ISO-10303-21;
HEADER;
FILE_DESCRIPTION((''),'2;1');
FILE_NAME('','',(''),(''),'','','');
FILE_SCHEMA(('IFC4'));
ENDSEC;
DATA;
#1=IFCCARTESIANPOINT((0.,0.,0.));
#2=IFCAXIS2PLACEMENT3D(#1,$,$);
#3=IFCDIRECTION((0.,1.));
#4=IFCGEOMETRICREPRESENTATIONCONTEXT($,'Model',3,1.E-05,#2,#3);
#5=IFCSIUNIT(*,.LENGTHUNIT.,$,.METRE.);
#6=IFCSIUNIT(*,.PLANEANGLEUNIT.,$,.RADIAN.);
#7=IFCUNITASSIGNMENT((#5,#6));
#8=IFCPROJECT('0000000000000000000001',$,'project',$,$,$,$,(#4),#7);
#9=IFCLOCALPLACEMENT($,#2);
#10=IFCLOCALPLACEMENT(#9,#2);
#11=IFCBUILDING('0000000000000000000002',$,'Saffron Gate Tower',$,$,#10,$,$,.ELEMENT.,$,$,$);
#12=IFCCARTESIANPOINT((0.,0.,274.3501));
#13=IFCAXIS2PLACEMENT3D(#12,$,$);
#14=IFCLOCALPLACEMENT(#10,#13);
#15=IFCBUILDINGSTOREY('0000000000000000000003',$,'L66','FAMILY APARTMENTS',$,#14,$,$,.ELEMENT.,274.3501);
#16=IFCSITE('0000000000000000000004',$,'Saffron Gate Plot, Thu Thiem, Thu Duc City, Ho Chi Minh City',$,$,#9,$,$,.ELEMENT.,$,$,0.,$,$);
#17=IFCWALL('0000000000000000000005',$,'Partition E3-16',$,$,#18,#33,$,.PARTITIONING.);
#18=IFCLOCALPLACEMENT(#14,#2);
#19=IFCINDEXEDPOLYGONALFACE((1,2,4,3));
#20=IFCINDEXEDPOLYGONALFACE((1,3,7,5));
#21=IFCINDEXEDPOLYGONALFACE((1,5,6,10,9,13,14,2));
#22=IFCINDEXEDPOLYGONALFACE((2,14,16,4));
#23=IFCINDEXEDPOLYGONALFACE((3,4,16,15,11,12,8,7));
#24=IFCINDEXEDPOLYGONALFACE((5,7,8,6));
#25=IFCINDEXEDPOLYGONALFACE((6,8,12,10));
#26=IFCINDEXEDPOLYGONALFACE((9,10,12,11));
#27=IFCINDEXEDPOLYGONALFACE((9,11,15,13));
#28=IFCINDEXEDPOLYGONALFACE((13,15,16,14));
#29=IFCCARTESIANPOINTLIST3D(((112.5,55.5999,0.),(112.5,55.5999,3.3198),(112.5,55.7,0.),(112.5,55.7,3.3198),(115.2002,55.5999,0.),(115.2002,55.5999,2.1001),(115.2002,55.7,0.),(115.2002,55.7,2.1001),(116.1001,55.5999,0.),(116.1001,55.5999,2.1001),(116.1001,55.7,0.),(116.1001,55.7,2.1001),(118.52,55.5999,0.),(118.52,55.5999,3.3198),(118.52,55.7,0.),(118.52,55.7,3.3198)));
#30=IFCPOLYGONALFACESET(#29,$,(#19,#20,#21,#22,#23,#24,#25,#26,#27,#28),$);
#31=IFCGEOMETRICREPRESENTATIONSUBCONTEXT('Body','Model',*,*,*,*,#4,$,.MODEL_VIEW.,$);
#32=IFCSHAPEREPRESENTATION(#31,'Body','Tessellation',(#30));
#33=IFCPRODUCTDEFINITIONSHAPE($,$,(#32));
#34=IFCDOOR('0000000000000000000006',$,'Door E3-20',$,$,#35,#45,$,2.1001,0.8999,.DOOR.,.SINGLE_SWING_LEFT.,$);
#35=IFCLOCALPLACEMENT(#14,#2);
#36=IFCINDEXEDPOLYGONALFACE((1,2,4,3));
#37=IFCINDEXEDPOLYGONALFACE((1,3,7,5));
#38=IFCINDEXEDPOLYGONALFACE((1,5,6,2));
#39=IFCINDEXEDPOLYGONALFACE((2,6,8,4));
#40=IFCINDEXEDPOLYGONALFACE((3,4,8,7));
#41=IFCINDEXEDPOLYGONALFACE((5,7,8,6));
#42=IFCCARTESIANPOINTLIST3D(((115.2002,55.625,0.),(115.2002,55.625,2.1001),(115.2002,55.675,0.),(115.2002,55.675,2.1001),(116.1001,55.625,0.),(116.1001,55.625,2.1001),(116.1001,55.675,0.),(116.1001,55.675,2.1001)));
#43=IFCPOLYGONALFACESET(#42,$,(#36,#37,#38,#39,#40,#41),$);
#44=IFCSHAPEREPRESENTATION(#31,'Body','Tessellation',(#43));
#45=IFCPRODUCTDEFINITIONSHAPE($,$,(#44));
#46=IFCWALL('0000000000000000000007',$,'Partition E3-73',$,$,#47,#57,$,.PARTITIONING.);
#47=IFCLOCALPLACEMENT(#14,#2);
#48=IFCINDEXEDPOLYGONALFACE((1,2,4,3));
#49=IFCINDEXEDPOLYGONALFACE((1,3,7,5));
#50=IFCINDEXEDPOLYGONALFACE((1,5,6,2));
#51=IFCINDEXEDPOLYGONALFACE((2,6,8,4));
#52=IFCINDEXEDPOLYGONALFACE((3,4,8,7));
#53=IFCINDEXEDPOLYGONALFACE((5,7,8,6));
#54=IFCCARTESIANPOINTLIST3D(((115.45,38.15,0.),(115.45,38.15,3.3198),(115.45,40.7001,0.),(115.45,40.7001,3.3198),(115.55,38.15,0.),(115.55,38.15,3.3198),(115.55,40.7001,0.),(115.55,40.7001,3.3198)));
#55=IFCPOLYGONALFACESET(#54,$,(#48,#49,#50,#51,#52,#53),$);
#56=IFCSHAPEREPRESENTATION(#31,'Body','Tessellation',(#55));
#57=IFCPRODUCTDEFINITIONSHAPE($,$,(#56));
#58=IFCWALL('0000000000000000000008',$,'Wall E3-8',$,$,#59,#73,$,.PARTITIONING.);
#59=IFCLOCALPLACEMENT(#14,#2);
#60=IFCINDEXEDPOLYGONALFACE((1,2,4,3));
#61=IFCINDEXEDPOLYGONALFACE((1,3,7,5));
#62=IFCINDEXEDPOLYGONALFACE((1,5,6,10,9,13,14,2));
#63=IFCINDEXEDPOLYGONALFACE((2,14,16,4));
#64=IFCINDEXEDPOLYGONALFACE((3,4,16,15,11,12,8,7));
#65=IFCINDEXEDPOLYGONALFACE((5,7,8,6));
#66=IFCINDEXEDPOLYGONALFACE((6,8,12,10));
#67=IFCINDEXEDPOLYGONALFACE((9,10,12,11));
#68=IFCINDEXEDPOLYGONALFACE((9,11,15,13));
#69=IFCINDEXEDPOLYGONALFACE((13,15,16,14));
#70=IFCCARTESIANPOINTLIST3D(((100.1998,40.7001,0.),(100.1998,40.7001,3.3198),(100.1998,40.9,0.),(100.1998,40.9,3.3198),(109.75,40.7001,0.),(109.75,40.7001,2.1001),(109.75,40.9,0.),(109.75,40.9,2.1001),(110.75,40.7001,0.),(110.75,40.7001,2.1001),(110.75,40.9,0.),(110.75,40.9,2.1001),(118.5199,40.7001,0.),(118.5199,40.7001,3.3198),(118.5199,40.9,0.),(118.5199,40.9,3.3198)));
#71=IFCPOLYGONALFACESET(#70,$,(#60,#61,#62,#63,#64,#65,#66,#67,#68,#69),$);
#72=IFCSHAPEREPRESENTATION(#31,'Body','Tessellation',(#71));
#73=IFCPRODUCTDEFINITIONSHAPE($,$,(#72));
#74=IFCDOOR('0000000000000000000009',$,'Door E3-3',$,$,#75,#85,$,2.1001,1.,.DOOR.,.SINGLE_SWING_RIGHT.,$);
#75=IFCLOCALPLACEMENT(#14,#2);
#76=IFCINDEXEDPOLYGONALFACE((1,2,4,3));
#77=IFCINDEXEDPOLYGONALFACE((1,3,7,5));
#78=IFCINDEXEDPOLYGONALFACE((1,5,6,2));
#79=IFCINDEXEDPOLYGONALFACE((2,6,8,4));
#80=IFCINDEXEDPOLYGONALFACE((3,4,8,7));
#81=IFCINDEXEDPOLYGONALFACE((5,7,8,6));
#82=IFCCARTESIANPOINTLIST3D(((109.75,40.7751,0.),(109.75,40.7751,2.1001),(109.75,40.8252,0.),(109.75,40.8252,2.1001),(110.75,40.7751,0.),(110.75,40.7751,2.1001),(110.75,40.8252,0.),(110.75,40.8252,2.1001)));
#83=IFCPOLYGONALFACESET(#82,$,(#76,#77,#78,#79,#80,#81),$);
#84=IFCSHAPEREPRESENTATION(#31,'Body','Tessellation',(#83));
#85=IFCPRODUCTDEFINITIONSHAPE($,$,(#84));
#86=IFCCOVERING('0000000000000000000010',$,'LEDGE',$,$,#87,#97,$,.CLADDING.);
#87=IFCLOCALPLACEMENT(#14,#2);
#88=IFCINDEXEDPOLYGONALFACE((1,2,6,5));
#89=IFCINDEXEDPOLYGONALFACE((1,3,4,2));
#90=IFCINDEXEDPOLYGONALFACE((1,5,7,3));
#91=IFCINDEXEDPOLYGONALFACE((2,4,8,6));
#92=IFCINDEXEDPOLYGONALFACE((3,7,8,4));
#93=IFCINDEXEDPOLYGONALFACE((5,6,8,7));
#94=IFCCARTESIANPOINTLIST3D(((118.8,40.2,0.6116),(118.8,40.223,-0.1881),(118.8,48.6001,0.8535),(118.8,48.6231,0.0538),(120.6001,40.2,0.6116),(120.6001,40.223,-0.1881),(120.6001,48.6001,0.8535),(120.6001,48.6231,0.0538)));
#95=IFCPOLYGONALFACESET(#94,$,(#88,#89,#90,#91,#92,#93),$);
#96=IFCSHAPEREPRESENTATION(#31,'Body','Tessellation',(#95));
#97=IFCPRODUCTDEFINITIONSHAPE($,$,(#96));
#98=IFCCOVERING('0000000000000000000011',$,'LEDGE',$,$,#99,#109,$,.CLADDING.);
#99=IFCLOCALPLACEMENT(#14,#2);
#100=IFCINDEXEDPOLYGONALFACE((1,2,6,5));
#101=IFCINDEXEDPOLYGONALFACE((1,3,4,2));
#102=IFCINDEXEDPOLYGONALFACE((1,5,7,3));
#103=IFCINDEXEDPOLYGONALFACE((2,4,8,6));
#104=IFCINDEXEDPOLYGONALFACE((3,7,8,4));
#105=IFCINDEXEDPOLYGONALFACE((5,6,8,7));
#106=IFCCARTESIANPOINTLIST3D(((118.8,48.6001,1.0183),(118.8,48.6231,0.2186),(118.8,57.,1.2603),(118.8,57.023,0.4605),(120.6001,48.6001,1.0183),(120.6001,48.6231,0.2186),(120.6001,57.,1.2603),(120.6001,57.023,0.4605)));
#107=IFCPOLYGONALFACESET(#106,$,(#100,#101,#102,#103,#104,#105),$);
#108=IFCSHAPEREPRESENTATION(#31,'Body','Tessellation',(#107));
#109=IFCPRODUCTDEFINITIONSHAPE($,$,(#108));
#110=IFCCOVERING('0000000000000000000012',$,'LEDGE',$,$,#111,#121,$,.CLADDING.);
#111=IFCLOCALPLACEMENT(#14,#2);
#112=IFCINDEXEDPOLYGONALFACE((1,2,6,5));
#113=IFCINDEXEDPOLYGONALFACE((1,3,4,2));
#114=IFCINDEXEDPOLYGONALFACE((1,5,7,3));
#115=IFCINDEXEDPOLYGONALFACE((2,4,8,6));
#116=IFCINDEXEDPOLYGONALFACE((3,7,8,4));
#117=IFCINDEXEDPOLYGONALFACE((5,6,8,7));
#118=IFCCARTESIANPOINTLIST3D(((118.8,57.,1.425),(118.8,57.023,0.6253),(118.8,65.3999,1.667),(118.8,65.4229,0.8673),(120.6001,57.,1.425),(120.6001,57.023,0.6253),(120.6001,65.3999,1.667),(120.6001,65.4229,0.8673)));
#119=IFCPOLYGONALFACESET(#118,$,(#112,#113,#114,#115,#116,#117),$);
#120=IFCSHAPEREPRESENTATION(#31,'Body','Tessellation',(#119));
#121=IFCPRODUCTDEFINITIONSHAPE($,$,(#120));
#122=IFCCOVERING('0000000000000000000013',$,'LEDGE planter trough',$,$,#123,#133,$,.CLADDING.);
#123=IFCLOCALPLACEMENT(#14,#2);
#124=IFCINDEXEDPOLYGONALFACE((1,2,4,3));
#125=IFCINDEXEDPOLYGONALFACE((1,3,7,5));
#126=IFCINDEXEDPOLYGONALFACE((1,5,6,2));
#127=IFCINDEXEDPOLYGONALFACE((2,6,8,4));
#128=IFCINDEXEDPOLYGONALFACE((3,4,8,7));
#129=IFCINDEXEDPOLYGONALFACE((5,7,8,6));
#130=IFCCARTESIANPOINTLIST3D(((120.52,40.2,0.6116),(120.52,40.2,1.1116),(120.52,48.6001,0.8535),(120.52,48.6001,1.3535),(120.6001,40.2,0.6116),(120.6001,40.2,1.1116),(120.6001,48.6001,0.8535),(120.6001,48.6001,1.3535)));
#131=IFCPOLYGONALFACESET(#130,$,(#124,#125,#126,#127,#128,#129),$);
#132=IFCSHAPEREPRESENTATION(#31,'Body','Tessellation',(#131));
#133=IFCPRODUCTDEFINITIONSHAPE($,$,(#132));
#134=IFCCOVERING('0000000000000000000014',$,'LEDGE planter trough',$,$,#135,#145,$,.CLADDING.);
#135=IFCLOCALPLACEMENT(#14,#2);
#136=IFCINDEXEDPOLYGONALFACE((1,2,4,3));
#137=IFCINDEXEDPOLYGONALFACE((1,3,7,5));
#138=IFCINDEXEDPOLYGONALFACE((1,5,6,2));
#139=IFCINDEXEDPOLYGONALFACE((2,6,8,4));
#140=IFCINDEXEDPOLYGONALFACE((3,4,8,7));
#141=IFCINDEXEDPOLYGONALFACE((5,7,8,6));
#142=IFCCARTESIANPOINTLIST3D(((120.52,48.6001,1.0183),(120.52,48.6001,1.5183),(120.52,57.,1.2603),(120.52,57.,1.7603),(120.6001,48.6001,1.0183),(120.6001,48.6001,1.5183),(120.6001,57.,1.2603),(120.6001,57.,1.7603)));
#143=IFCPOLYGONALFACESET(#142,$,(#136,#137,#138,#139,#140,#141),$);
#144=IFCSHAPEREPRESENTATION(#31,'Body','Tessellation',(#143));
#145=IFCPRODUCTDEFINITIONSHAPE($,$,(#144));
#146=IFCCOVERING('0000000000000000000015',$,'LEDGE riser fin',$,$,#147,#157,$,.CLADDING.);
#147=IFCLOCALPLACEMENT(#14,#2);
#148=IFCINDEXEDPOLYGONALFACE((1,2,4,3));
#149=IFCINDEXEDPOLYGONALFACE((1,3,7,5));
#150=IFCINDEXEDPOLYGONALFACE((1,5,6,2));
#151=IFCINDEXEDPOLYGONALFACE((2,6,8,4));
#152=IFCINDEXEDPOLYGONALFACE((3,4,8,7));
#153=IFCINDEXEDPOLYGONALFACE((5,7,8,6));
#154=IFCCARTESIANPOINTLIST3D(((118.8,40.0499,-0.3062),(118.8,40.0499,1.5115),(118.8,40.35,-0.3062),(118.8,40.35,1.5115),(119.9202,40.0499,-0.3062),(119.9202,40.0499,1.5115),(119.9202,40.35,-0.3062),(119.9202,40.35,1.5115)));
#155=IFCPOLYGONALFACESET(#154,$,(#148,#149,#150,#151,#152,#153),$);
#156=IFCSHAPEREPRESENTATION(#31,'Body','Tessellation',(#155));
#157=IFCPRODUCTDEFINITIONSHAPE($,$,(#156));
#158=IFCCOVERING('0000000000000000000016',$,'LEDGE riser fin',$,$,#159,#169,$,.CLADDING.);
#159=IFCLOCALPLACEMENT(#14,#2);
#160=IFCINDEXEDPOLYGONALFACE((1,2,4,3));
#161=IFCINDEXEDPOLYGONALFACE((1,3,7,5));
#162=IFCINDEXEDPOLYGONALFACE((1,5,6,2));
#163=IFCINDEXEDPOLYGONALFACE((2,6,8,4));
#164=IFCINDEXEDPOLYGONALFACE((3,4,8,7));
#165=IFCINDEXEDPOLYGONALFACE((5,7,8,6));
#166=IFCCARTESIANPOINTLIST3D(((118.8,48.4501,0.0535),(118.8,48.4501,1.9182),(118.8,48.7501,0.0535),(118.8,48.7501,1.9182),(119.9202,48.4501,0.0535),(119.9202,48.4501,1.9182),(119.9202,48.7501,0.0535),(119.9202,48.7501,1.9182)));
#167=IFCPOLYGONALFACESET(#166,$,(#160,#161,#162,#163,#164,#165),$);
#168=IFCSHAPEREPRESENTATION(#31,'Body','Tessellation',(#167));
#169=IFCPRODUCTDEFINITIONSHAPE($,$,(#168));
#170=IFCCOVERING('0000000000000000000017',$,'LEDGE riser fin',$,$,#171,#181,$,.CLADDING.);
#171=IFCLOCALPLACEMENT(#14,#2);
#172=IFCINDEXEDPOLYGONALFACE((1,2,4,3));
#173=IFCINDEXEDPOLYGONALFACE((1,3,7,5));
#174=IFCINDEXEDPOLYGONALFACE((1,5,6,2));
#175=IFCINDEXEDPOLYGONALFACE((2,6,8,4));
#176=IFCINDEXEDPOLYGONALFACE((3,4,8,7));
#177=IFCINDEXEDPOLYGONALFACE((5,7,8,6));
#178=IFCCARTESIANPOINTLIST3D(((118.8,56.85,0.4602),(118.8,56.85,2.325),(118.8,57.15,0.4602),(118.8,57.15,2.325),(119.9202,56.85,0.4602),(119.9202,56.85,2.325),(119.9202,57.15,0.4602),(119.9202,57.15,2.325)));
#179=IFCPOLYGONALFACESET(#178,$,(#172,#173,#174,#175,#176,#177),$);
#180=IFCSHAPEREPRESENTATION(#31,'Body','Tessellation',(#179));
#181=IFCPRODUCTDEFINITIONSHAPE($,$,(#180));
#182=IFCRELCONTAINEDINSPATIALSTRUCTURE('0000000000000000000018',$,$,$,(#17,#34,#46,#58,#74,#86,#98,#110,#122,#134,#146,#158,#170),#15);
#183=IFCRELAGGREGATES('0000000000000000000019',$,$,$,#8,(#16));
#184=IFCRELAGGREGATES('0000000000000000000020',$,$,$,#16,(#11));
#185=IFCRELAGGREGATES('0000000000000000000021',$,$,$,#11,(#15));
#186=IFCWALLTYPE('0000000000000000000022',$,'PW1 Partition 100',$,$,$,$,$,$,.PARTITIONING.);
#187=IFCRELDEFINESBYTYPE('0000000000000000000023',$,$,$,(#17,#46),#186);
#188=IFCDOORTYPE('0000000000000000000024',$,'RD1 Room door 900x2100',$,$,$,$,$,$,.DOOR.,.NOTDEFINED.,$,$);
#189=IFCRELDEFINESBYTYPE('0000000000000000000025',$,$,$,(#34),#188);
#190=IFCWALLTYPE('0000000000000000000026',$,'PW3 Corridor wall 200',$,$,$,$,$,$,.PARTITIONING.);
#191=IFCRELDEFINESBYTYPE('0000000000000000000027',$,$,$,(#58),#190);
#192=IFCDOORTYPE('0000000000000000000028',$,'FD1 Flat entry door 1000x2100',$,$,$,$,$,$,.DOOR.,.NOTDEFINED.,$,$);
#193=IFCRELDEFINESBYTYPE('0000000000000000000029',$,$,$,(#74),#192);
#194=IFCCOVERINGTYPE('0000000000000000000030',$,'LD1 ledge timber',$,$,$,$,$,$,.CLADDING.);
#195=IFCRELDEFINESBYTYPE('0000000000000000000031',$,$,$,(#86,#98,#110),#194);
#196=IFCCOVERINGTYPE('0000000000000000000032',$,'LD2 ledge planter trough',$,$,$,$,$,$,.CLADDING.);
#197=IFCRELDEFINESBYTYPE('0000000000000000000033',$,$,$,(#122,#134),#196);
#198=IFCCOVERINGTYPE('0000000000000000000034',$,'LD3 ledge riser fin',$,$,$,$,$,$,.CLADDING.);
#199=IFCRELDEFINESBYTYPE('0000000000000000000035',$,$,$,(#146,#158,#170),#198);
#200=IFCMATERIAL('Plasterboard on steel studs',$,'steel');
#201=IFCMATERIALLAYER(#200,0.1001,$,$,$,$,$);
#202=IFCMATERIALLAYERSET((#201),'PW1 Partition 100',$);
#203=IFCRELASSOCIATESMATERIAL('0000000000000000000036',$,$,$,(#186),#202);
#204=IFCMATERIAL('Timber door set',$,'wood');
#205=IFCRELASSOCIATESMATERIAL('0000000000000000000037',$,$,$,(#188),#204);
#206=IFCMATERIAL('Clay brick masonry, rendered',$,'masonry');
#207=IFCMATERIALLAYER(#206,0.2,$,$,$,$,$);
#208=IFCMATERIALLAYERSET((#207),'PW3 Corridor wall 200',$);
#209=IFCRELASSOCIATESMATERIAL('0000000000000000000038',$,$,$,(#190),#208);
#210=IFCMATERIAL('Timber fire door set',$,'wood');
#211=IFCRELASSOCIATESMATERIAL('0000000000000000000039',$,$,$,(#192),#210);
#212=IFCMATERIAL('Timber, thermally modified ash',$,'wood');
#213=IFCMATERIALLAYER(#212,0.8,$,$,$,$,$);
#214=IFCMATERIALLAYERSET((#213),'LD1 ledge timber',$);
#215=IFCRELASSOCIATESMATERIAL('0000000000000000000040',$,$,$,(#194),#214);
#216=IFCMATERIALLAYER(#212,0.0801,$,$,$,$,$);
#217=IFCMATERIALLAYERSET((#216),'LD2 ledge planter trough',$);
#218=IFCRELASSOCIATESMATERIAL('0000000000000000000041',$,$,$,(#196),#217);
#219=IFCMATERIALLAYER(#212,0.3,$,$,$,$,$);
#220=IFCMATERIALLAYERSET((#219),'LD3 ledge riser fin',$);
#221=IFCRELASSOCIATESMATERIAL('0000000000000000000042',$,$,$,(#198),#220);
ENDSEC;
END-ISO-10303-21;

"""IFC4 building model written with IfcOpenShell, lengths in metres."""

from ifc_helpers import new_model, si_unit, direction, frame, frame_2d, origin, origin_2d, place, context, subcontext, project, spatial, polyline, rectangle, outline, extrude, material, layer, layer_set, type_object, element, fill, save


model = new_model("IFC4")

# Units and contexts
model_context = context("Model", 3, precision=1e-05, world=origin(), true_north=direction((0.0, 1.0)))
body_context = subcontext(model_context, "Body", "Model", "MODEL_VIEW")
ifc_project = project(units=[si_unit("LENGTHUNIT", "METRE"), si_unit("PLANEANGLEUNIT", "RADIAN")], contexts=[model_context])

# Site, building, storey
site_placement = place(None, origin())
site = spatial("IfcSite", under=ifc_project, at=site_placement, Name="Saffron Gate Plot, Thu Thiem, Thu Duc City, Ho Chi Minh City", CompositionType="ELEMENT", RefElevation=0.0)
building_placement = place(site_placement, origin())
building = spatial("IfcBuilding", under=site, at=building_placement, Name="Saffron Gate Tower", CompositionType="ELEMENT")
storey_placement = place(building_placement, frame((0.0, 0.0, 274.3501)))
storey = spatial("IfcBuildingStorey", under=building, at=storey_placement, Name="L66", Description="FAMILY APARTMENTS", CompositionType="ELEMENT", Elevation=274.3501)

# Wall, opening, door
ifc_material_1 = material(Name="Plasterboard on steel studs", Category="steel")
ifc_layer_1 = layer(ifc_material_1, 0.1001)
ifc_layer_set_1 = layer_set([ifc_layer_1], Name="PW1 Partition 100")
wall_type_1 = type_object("IfcWallType", Name="PW1 Partition 100", PredefinedType="PARTITIONING", material=ifc_layer_set_1)
wall_1_placement = place(storey_placement, frame((118.52, 55.6499, 0.0), z_axis=(0.0, 0.0, 1.0), x_axis=(-1.0, 0.0, 0.0)))
wall_1 = element("IfcWall", 1, at=wall_1_placement, inside=storey, type_object=wall_type_1, Name="Partition E3-16", PredefinedType="PARTITIONING", context=body_context, shape_type="SweptSolid", body=[
    extrude(rectangle(XDim=6.02, YDim=0.1001, at=frame_2d((3.01, 0.0))), origin(), (0.0, 0.0, 1.0), 3.3198),
])
opening_1_placement = place(wall_1_placement, frame((2.4199, 0.0, 0.0)))
opening_1 = element("IfcOpeningElement", 2, at=opening_1_placement, cuts=wall_1, PredefinedType="OPENING", context=body_context, shape_type="SweptSolid", body=[
    extrude(rectangle(XDim=0.8999, YDim=2.1001, at=frame_2d((0.45, 1.05))), frame((0.0, 0.0601, 0.0), z_axis=(0.0, -1.0, 0.0), x_axis=(1.0, 0.0, 0.0)), (0.0, 0.0, 1.0), 0.1201),
])
ifc_material_2 = material(Name="Timber door set", Category="wood")
door_type_1 = type_object("IfcDoorType", Name="RD1 Room door 900x2100", OperationType="NOTDEFINED", PredefinedType="DOOR", material=ifc_material_2)
door_1_placement = place(opening_1_placement, origin())
door_1 = element("IfcDoor", 3, at=door_1_placement, inside=storey, type_object=door_type_1, Name="Door E3-20", OperationType="SINGLE_SWING_LEFT", OverallHeight=2.1001, OverallWidth=0.8999, PredefinedType="DOOR", context=body_context, shape_type="SweptSolid", body=[
    extrude(rectangle(XDim=0.8999, YDim=2.1001, at=frame_2d((0.45, 1.05))), frame((0.0, 0.0249, 0.0), z_axis=(0.0, -1.0, 0.0), x_axis=(1.0, 0.0, 0.0)), (0.0, 0.0, 1.0), 0.05),
])
fill(opening_1, door_1)

# Wall
wall_2_placement = place(storey_placement, frame((115.5, 40.7, 0.0), z_axis=(0.0, 0.0, 1.0), x_axis=(0.0, -1.0, 0.0)))
element("IfcWall", 4, at=wall_2_placement, inside=storey, type_object=wall_type_1, Name="Partition E3-73", PredefinedType="PARTITIONING", context=body_context, shape_type="SweptSolid", body=[
    extrude(rectangle(XDim=2.55, YDim=0.1001, at=frame_2d((1.2749, 0.0))), origin(), (0.0, 0.0, 1.0), 3.3198),
])

# Wall, opening, door
ifc_material_3 = material(Name="Clay brick masonry, rendered", Category="masonry")
ifc_layer_2 = layer(ifc_material_3, 0.2)
ifc_layer_set_2 = layer_set([ifc_layer_2], Name="PW3 Corridor wall 200")
wall_type_2 = type_object("IfcWallType", Name="PW3 Corridor wall 200", PredefinedType="PARTITIONING", material=ifc_layer_set_2)
wall_3_placement = place(storey_placement, frame((118.52, 40.8, 0.0), z_axis=(0.0, 0.0, 1.0), x_axis=(-1.0, 0.0, 0.0)))
wall_3 = element("IfcWall", 5, at=wall_3_placement, inside=storey, type_object=wall_type_2, Name="Wall E3-8", PredefinedType="PARTITIONING", context=body_context, shape_type="SweptSolid", body=[
    extrude(rectangle(XDim=18.3201, YDim=0.2, at=frame_2d((9.1602, 0.0))), origin(), (0.0, 0.0, 1.0), 3.3198),
])
opening_2_placement = place(wall_3_placement, frame((7.77, 0.0, 0.0)))
opening_2 = element("IfcOpeningElement", 6, at=opening_2_placement, cuts=wall_3, PredefinedType="OPENING", context=body_context, shape_type="SweptSolid", body=[
    extrude(rectangle(XDim=1.0, YDim=2.1001, at=frame_2d((0.5, 1.05))), frame((0.0, 0.1099, 0.0), z_axis=(0.0, -1.0, 0.0), x_axis=(1.0, 0.0, 0.0)), (0.0, 0.0, 1.0), 0.22),
])
ifc_material_4 = material(Name="Timber fire door set", Category="wood")
door_type_2 = type_object("IfcDoorType", Name="FD1 Flat entry door 1000x2100", OperationType="NOTDEFINED", PredefinedType="DOOR", material=ifc_material_4)
door_2_placement = place(opening_2_placement, origin())
door_2 = element("IfcDoor", 7, at=door_2_placement, inside=storey, type_object=door_type_2, Name="Door E3-3", OperationType="SINGLE_SWING_RIGHT", OverallHeight=2.1001, OverallWidth=1.0, PredefinedType="DOOR", context=body_context, shape_type="SweptSolid", body=[
    extrude(rectangle(XDim=1.0, YDim=2.1001, at=frame_2d((0.5, 1.05))), frame((0.0, 0.0249, 0.0), z_axis=(0.0, -1.0, 0.0), x_axis=(1.0, 0.0, 0.0)), (0.0, 0.0, 1.0), 0.05),
])
fill(opening_2, door_2)

# Coverings
ifc_material_5 = material(Name="Timber, thermally modified ash", Category="wood")
ifc_layer_3 = layer(ifc_material_5, 0.8)
ifc_layer_set_3 = layer_set([ifc_layer_3], Name="LD1 ledge timber")
covering_type_1 = type_object("IfcCoveringType", Name="LD1 ledge timber", PredefinedType="CLADDING", material=ifc_layer_set_3)
covering_1_placement = place(storey_placement, frame((118.8, 40.2, 0.6116), z_axis=(0.0, -0.02879, 0.999585), x_axis=(0.0, 0.999585, 0.02879)))
element("IfcCovering", 8, at=covering_1_placement, inside=storey, type_object=covering_type_1, Name="LEDGE", PredefinedType="CLADDING", context=body_context, shape_type="SweptSolid", body=[
    extrude(outline(polyline([(0.0, 0.0), (8.4036, 0.0), (8.4036, -1.8), (0.0, -1.8), (0.0, 0.0)])), origin(), (0.0, 0.0, -1.0), 0.8),
])
for number, where, z_axis, x_axis, name in (
    (9, (118.8, 48.6001, 1.0183), (0.0, -0.028791, 0.999585), (0.0, 0.999585, 0.028791), "LEDGE"),
    (10, (118.8, 57.0, 1.425), (0.0, -0.028791, 0.999585), (0.0, 0.999585, 0.028791), "LEDGE"),
):
    element("IfcCovering", number, at=place(storey_placement, frame(where, z_axis=z_axis, x_axis=x_axis)), inside=storey, type_object=covering_type_1, Name=name, PredefinedType="CLADDING", context=body_context, shape_type="SweptSolid", body=[
        extrude(outline(polyline([(0.0, 0.0), (8.4034, 0.0), (8.4034, -1.8), (0.0, -1.8), (0.0, 0.0)])), origin(), (0.0, 0.0, -1.0), 0.8),
    ])
ifc_layer_4 = layer(ifc_material_5, 0.0801)
ifc_layer_set_4 = layer_set([ifc_layer_4], Name="LD2 ledge planter trough")
covering_type_2 = type_object("IfcCoveringType", Name="LD2 ledge planter trough", PredefinedType="CLADDING", material=ifc_layer_set_4)
covering_2_placement = place(storey_placement, frame((120.6001, 40.2, 0.6116), z_axis=(1.0, 0.0, 0.0), x_axis=(0.0, 0.999585, 0.02879)))
element("IfcCovering", 11, at=covering_2_placement, inside=storey, type_object=covering_type_2, Name="LEDGE planter trough", PredefinedType="CLADDING", context=body_context, shape_type="SweptSolid", body=[
    extrude(outline(polyline([(0.0, 0.0), (8.4036, 0.0), (8.418, 0.4998), (0.0144, 0.4998), (0.0, 0.0)])), origin(), (0.0, 0.0, -1.0), 0.0801),
])
covering_3_placement = place(storey_placement, frame((120.6001, 48.6001, 1.0183), z_axis=(1.0, 0.0, 0.0), x_axis=(0.0, 0.999585, 0.028791)))
element("IfcCovering", 12, at=covering_3_placement, inside=storey, type_object=covering_type_2, Name="LEDGE planter trough", PredefinedType="CLADDING", context=body_context, shape_type="SweptSolid", body=[
    extrude(outline(polyline([(0.0, 0.0), (8.4034, 0.0), (8.4178, 0.4998), (0.0144, 0.4998), (0.0, 0.0)])), origin(), (0.0, 0.0, -1.0), 0.0801),
])
ifc_layer_5 = layer(ifc_material_5, 0.3)
ifc_layer_set_5 = layer_set([ifc_layer_5], Name="LD3 ledge riser fin")
covering_type_3 = type_object("IfcCoveringType", Name="LD3 ledge riser fin", PredefinedType="CLADDING", material=ifc_layer_set_5)
covering_4_placement = place(storey_placement, frame((119.3601, 40.2, -0.3062), z_axis=(0.0, 0.0, 1.0), x_axis=(0.0, 1.0, 0.0)))
element("IfcCovering", 13, at=covering_4_placement, inside=storey, type_object=covering_type_3, Name="LEDGE riser fin", PredefinedType="CLADDING", context=body_context, shape_type="SweptSolid", body=[
    extrude(rectangle(XDim=0.3, YDim=1.1201, at=origin_2d()), origin(), (0.0, 0.0, 1.0), 1.8176),
])
for number, where, z_axis, x_axis, name in (
    (14, (119.3601, 48.6001, 0.0535), (0.0, 0.0, 1.0), (0.0, 1.0, 0.0), "LEDGE riser fin"),
    (15, (119.3601, 57.0, 0.4602), (0.0, 0.0, 1.0), (0.0, 1.0, 0.0), "LEDGE riser fin"),
):
    element("IfcCovering", number, at=place(storey_placement, frame(where, z_axis=z_axis, x_axis=x_axis)), inside=storey, type_object=covering_type_3, Name=name, PredefinedType="CLADDING", context=body_context, shape_type="SweptSolid", body=[
        extrude(rectangle(XDim=0.3, YDim=1.1201, at=origin_2d()), origin(), (0.0, 0.0, 1.0), 1.8647),
    ])

save(model, "model.ifc")
